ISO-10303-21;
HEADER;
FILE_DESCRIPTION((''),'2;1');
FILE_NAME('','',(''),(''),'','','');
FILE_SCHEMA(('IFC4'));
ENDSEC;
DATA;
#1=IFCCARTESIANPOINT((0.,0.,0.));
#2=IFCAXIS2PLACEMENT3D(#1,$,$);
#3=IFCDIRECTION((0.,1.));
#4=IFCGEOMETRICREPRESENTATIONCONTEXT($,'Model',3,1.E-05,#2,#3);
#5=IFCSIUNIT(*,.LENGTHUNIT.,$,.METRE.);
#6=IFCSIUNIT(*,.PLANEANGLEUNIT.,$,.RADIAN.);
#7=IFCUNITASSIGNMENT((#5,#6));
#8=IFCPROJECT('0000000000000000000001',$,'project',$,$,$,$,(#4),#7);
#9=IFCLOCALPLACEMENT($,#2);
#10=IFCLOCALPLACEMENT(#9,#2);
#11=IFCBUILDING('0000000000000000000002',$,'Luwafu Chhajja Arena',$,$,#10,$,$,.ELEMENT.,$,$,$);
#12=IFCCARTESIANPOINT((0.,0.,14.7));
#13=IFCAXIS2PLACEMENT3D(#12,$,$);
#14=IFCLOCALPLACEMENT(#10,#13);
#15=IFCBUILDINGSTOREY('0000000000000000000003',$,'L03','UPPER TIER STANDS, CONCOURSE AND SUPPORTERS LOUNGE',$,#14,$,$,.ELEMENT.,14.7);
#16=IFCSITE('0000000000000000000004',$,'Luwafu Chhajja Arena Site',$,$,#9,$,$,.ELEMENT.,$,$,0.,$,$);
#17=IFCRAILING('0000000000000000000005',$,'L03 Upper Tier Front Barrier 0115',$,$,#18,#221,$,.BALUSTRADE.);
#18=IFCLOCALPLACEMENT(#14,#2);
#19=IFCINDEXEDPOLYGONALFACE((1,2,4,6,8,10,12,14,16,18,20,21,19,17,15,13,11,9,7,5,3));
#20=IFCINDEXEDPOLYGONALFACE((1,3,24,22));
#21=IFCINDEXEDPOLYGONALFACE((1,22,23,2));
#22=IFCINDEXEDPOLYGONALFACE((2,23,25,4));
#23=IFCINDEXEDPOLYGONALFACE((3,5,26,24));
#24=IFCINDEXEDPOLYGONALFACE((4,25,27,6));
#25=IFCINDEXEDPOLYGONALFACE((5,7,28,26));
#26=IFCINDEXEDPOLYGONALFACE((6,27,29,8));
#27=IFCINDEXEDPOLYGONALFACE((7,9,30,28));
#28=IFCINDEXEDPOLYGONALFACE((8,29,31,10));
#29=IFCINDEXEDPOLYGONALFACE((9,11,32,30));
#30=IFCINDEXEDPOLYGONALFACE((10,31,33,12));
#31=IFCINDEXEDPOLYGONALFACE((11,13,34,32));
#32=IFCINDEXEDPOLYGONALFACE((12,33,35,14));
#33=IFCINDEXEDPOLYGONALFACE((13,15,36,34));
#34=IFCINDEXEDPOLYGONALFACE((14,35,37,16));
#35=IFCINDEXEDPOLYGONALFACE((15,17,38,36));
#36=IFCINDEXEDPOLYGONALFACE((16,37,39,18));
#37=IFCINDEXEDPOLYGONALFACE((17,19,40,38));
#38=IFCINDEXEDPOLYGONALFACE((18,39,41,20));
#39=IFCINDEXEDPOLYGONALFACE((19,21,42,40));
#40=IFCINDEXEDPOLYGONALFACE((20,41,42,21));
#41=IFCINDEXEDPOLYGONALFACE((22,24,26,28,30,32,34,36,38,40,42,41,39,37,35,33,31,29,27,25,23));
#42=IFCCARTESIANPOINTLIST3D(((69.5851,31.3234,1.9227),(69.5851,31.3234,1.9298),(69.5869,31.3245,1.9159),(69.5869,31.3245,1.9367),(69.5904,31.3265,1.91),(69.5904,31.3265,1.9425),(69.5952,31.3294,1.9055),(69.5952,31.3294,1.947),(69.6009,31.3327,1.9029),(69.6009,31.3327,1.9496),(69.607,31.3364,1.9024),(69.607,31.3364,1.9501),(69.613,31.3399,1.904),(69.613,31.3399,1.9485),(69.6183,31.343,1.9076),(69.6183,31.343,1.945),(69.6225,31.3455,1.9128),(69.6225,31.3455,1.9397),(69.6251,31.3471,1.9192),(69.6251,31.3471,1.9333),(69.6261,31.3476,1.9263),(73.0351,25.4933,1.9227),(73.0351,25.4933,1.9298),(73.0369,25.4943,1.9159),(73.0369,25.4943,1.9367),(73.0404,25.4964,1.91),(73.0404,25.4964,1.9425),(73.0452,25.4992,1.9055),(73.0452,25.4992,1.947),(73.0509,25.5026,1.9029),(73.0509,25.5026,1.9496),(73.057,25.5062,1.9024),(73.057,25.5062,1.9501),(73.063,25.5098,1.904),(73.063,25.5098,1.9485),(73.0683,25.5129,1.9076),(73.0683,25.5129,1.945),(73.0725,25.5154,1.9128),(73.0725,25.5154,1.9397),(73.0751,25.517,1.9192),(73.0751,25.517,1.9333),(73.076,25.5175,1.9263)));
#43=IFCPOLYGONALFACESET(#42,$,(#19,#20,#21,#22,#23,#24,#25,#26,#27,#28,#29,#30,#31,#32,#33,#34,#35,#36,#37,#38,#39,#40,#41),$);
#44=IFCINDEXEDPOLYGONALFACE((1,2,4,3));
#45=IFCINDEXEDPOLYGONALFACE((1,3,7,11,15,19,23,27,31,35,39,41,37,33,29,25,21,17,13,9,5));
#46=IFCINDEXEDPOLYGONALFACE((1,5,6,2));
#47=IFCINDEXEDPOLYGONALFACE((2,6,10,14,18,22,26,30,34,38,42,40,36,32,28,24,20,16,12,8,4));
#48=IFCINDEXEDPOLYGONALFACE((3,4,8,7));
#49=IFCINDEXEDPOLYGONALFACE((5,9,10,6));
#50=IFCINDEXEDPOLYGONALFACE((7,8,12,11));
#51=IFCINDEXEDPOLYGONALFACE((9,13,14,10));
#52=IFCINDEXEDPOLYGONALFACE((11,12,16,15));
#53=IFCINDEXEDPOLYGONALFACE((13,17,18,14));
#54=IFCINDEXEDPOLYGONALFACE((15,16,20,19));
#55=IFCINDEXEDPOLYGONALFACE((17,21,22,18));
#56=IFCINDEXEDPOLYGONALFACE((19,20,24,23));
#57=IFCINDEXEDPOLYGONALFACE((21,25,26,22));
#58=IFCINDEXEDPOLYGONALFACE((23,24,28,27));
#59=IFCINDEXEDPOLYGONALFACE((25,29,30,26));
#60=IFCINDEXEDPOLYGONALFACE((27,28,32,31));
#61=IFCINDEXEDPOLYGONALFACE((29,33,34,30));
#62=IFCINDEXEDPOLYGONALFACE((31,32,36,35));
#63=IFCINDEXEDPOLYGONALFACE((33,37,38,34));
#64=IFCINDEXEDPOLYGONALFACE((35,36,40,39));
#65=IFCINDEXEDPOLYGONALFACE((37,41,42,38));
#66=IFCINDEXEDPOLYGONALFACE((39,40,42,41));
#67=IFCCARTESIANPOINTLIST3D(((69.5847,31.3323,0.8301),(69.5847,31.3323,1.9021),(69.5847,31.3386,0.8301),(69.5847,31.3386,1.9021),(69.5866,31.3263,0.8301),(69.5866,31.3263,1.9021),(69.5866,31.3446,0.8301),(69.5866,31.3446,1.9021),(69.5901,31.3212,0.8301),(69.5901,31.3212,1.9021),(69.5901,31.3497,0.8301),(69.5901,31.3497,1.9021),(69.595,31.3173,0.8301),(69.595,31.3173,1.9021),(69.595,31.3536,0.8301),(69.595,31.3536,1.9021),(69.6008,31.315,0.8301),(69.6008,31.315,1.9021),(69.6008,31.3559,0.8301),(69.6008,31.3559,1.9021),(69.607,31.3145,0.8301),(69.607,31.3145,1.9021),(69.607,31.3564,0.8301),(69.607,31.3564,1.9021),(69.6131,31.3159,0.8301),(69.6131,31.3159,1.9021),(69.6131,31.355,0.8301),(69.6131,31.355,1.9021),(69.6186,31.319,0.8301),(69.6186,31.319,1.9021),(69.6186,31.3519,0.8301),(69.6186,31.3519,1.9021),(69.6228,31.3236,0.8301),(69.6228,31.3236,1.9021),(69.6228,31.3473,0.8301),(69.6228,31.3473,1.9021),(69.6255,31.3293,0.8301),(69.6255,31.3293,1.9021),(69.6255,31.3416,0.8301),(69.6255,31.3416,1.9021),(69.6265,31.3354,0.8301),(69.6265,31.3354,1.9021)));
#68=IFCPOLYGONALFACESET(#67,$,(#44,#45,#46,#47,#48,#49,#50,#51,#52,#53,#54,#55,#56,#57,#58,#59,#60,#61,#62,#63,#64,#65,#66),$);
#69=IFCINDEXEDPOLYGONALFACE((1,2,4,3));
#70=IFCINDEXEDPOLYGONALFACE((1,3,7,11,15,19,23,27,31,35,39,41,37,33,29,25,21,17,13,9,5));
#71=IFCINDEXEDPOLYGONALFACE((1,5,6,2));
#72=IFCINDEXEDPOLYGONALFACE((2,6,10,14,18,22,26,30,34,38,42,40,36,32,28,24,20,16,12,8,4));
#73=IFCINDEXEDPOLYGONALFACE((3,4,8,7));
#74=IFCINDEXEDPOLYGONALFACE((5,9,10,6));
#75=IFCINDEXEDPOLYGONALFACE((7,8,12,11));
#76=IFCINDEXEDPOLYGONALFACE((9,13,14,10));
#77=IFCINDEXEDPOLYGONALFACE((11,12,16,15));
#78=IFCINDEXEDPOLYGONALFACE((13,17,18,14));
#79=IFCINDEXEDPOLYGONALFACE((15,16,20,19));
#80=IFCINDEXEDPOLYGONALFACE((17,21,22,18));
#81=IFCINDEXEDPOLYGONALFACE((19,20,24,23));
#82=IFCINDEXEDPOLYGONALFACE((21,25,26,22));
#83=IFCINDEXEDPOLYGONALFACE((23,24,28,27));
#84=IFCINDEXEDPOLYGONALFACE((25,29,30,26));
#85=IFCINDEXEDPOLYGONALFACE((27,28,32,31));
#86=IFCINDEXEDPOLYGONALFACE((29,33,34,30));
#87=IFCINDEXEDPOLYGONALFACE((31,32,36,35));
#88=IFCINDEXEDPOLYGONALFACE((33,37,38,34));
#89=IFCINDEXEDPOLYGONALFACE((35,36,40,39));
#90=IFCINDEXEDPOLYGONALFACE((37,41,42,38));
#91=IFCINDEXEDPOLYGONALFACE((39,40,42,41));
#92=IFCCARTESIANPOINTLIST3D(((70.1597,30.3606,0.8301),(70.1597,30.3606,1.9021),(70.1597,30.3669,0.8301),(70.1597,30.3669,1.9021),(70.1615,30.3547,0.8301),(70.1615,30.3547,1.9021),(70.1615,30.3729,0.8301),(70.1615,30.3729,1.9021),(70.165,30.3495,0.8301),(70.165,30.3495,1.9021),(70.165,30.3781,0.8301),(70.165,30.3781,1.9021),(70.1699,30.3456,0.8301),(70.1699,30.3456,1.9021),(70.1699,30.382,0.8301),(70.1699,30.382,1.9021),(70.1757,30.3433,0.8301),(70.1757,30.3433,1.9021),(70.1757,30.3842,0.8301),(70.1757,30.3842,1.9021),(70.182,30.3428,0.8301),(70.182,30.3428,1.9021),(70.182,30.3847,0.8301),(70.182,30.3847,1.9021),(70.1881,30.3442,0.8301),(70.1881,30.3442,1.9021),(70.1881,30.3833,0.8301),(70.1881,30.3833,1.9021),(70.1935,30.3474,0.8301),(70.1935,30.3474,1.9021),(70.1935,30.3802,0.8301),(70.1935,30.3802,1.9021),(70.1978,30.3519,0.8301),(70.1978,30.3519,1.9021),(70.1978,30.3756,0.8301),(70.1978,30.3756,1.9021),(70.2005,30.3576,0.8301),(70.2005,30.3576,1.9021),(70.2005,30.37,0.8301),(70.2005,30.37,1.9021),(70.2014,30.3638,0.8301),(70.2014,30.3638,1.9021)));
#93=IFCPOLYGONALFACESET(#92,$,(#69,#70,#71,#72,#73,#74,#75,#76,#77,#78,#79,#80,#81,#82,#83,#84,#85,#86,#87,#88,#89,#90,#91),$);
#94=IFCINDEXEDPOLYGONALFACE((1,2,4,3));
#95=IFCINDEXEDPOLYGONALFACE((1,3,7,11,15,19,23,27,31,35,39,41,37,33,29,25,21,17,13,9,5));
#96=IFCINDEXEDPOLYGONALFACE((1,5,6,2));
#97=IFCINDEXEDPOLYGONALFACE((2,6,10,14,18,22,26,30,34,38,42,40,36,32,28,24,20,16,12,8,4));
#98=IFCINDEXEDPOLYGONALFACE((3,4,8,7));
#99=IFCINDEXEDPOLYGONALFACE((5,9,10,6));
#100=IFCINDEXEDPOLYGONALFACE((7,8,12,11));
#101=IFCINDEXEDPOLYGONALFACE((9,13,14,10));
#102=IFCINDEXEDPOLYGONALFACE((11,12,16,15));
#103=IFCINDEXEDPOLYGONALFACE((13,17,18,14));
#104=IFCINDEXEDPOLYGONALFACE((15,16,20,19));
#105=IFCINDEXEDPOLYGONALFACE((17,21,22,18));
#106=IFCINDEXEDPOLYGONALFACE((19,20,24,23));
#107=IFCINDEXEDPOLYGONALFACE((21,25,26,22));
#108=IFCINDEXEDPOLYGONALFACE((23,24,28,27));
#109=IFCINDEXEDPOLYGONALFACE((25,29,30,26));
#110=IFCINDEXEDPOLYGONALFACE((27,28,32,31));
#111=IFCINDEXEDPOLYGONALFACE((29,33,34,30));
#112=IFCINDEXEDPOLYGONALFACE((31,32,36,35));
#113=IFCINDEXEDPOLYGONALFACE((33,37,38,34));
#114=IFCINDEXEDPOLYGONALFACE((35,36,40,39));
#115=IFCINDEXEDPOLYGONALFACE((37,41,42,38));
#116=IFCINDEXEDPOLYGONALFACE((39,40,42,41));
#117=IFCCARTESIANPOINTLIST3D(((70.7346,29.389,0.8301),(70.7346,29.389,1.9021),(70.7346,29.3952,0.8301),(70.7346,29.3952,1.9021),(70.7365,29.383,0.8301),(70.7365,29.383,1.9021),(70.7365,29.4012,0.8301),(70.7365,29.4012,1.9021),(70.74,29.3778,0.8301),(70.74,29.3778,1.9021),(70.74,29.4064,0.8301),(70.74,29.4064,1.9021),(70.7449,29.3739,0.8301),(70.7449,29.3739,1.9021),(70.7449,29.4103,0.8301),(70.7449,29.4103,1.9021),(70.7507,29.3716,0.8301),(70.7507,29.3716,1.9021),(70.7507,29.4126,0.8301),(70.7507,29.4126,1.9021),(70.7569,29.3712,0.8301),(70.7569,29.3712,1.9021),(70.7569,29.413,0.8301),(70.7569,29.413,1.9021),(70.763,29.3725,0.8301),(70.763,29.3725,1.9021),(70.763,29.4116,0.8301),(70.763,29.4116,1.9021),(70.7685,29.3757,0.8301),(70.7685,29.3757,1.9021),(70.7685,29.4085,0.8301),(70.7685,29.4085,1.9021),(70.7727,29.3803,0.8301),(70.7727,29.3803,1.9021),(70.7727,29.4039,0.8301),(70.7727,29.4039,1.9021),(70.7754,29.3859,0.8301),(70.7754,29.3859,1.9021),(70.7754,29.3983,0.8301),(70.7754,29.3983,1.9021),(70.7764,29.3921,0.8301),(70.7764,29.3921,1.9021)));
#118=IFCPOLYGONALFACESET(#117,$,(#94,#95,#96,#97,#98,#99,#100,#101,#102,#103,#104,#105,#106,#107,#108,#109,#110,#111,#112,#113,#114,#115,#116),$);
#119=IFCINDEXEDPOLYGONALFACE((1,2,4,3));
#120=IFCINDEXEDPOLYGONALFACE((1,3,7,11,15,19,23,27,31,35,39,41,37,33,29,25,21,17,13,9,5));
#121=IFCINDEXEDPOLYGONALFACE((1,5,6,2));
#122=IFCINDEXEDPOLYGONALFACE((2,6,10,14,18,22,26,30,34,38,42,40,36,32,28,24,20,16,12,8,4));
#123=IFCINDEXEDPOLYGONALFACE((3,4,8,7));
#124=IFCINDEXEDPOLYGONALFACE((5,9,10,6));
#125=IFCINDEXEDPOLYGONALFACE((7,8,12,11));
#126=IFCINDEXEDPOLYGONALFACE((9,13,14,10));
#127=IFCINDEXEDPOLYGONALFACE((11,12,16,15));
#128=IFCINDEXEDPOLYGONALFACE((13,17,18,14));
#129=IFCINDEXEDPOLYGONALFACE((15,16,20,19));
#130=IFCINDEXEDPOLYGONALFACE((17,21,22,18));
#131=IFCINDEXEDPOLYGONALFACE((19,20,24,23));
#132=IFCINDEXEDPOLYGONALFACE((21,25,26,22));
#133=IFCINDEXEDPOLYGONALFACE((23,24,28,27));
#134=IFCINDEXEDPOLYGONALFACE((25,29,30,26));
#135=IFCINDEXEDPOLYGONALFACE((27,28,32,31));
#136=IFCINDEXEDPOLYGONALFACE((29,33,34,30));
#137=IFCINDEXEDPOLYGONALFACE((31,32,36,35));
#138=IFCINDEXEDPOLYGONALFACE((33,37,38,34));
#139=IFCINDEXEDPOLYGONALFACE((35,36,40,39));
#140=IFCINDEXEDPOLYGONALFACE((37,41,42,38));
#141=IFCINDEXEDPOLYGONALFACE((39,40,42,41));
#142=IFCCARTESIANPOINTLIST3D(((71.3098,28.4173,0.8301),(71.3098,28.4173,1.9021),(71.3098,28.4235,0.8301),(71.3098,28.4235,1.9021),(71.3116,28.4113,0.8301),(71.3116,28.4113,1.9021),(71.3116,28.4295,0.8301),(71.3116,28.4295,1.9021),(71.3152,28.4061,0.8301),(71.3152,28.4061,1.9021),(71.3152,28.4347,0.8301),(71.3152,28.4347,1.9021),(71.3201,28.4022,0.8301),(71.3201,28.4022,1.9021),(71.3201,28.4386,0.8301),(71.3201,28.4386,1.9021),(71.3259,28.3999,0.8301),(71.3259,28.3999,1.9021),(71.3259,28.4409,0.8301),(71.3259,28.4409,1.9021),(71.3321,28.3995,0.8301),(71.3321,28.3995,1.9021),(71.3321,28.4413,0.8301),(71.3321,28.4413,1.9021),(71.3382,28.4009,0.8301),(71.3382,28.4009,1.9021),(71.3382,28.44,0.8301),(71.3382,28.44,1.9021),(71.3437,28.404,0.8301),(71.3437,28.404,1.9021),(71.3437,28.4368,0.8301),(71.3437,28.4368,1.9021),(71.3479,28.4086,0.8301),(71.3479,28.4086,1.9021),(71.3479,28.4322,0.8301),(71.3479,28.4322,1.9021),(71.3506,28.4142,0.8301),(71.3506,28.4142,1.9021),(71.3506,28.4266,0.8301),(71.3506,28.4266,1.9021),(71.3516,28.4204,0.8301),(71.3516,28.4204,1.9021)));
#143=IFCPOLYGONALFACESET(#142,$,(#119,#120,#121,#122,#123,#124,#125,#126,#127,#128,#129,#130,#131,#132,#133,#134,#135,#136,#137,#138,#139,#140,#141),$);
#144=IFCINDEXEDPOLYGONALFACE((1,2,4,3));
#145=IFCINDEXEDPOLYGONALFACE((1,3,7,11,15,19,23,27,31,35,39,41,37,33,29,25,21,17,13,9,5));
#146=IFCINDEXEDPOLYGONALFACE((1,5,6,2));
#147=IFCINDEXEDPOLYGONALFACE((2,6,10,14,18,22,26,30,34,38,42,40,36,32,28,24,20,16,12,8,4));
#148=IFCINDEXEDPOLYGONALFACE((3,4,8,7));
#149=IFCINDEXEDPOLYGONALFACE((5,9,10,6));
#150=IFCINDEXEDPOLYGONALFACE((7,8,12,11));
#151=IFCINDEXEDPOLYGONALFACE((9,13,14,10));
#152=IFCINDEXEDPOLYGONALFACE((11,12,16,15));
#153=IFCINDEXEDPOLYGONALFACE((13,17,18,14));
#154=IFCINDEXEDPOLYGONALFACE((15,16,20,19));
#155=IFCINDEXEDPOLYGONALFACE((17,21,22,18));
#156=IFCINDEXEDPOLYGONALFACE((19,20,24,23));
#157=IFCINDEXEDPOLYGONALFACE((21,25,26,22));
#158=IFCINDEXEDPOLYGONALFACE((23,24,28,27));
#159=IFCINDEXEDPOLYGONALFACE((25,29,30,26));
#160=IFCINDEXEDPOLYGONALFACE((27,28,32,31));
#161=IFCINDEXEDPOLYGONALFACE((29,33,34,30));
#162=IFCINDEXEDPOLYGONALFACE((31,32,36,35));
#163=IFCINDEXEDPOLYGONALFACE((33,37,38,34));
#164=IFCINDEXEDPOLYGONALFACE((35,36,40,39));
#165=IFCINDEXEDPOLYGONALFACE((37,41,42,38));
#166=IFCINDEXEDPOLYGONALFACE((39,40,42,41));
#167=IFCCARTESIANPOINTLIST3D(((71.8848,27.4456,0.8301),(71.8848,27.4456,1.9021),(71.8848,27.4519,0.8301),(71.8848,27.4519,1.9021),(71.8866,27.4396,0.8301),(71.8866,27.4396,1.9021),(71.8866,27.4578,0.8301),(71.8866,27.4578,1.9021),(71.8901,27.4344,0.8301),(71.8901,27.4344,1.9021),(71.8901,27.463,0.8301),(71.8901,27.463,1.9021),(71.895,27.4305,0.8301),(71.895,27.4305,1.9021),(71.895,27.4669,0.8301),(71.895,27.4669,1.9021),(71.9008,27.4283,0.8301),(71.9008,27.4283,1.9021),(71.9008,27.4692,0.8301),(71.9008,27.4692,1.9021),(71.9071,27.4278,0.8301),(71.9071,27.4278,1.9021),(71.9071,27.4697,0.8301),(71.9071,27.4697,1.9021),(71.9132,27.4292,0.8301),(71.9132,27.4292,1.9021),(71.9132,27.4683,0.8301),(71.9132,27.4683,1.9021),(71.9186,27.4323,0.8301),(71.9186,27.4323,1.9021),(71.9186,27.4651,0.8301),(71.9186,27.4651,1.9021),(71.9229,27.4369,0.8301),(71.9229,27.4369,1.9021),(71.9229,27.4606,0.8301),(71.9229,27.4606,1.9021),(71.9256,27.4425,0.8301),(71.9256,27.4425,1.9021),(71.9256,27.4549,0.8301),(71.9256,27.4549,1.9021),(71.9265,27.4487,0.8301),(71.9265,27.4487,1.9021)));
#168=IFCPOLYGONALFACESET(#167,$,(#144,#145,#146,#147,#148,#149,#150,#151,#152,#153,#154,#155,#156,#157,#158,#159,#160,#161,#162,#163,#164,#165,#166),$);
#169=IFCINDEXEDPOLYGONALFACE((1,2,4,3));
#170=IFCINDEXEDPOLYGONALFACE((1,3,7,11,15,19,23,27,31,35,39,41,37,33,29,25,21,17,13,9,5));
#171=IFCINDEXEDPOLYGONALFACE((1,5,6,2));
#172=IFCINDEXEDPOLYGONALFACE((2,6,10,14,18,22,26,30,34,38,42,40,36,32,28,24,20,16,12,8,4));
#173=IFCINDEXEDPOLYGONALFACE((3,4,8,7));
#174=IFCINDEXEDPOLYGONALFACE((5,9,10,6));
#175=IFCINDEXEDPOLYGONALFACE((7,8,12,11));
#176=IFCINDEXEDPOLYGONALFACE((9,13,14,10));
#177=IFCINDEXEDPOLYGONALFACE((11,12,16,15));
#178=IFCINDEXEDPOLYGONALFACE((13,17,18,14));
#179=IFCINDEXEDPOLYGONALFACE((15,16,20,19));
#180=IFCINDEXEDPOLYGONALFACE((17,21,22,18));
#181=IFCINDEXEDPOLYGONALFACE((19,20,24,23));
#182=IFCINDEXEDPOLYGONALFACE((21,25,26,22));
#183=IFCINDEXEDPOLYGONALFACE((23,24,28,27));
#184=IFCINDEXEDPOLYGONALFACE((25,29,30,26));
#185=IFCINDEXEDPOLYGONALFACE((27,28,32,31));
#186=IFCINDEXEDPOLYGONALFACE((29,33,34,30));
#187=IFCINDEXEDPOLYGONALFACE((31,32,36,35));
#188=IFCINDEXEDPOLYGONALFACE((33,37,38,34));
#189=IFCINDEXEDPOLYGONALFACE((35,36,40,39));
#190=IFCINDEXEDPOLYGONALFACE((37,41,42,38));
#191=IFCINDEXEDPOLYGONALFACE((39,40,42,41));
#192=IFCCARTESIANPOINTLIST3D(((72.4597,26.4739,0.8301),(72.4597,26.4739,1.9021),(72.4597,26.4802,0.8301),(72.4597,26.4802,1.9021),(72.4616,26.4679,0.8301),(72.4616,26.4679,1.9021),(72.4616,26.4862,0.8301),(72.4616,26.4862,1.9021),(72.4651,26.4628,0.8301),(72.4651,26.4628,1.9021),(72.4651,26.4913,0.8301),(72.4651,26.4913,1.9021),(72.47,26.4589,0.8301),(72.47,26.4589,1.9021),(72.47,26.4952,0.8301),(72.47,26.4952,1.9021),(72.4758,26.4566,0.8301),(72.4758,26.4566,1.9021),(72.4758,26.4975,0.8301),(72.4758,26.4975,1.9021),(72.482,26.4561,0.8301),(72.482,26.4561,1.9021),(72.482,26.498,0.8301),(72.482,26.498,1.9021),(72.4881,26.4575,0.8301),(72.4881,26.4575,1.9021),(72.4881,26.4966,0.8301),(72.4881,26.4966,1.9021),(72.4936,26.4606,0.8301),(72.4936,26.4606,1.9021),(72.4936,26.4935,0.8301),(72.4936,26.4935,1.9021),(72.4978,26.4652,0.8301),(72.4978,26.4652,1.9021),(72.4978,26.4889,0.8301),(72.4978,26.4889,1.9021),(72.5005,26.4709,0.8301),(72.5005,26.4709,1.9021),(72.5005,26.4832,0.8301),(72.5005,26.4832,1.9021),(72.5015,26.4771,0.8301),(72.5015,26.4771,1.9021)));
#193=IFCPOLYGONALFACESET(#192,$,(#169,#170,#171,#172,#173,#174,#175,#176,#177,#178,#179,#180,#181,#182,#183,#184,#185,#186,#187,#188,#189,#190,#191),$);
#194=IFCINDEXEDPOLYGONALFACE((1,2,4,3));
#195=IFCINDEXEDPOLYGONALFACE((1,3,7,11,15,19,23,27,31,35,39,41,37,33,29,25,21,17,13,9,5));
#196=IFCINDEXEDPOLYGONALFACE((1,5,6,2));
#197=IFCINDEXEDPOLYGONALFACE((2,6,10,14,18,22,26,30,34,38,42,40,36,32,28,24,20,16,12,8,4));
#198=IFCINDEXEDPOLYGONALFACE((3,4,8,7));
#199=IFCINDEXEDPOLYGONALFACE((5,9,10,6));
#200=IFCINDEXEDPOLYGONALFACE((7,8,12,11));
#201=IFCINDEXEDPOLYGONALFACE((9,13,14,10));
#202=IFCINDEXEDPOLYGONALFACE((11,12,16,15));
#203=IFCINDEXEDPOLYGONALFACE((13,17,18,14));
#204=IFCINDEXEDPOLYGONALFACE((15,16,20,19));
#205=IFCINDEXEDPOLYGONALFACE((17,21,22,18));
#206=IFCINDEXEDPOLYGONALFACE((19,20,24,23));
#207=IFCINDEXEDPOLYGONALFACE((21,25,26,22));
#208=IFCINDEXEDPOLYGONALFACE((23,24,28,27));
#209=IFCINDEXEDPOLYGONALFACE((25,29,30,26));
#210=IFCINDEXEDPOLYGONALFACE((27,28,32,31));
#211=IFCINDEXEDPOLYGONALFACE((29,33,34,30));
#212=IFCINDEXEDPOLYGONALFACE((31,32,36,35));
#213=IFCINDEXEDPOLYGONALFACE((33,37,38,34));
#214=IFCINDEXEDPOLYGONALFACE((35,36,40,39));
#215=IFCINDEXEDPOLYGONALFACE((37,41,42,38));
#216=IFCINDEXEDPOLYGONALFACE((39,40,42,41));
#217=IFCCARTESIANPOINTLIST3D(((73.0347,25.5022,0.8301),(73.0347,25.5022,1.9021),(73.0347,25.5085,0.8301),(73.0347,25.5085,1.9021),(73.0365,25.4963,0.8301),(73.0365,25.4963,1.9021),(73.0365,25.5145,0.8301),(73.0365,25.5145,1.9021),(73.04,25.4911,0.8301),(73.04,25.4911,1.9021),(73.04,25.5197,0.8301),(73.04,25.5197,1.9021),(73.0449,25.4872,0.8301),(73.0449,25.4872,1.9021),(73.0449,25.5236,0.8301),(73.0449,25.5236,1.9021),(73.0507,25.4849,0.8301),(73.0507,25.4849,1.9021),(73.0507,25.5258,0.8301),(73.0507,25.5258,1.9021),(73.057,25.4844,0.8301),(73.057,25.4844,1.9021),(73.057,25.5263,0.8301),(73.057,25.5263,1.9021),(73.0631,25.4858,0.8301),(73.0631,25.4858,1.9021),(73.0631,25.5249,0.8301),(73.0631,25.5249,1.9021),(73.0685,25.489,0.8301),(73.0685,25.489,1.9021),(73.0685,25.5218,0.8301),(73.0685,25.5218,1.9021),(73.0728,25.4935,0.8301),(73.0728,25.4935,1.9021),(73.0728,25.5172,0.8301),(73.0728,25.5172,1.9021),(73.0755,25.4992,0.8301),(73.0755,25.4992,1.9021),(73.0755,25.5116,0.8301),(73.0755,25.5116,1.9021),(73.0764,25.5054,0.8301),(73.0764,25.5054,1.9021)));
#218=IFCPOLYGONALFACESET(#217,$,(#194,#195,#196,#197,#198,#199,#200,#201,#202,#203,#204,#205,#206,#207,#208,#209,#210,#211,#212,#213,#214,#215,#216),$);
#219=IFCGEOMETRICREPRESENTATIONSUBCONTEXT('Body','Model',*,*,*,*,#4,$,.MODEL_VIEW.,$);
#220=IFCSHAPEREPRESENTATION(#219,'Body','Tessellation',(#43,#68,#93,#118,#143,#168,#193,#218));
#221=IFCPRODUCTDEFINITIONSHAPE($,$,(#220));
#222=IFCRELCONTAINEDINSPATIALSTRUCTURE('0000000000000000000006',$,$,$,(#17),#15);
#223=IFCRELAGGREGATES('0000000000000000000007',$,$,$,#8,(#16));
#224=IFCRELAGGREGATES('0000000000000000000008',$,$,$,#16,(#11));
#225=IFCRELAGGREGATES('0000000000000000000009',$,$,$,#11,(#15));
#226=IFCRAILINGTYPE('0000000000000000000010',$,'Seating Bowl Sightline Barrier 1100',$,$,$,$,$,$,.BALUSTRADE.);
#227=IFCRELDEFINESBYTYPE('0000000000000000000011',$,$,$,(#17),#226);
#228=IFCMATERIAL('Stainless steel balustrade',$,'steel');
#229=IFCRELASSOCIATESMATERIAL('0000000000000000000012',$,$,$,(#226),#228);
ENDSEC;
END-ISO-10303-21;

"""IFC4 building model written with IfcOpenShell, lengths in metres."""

from ifc_helpers import new_model, si_unit, direction, frame, origin, origin_2d, place, context, subcontext, project, spatial, circle, extrude, material, type_object, element, save


model = new_model("IFC4")

# Units and contexts
model_context = context("Model", 3, precision=1e-05, world=origin(), true_north=direction((0.0, 1.0)))
body_context = subcontext(model_context, "Body", "Model", "MODEL_VIEW")
ifc_project = project(units=[si_unit("LENGTHUNIT", "METRE"), si_unit("PLANEANGLEUNIT", "RADIAN")], contexts=[model_context])

# Site, building, storey
site_placement = place(None, origin())
site = spatial("IfcSite", under=ifc_project, at=site_placement, Name="Luwafu Chhajja Arena Site", CompositionType="ELEMENT", RefElevation=0.0)
building_placement = place(site_placement, origin())
building = spatial("IfcBuilding", under=site, at=building_placement, Name="Luwafu Chhajja Arena", CompositionType="ELEMENT")
storey_placement = place(building_placement, frame((0.0, 0.0, 14.7)))
storey = spatial("IfcBuildingStorey", under=building, at=storey_placement, Name="L03", Description="UPPER TIER STANDS, CONCOURSE AND SUPPORTERS LOUNGE", CompositionType="ELEMENT", Elevation=14.7)

# Railing
ifc_material_1 = material(Name="Stainless steel balustrade", Category="steel")
railing_type_1 = type_object("IfcRailingType", Name="Seating Bowl Sightline Barrier 1100", PredefinedType="BALUSTRADE", material=ifc_material_1)
railing_1_placement = place(storey_placement, frame((69.6055, 31.3354, 0.8301)))
element("IfcRailing", 1, at=railing_1_placement, inside=storey, type_object=railing_type_1, Name="L03 Upper Tier Front Barrier 0115", PredefinedType="BALUSTRADE", context=body_context, shape_type="SweptSolid", body=[
    extrude(circle(Radius=0.0239, at=origin_2d()), frame((0.0, 0.0, 1.0962), z_axis=(0.509266, -0.860609, 0.0), x_axis=(0.860609, 0.509266, 0.0)), (0.0, 0.0, 1.0), 6.7744),
    extrude(circle(Radius=0.021, at=origin_2d()), origin(), (0.0, 0.0, 1.0), 1.072),
    extrude(circle(Radius=0.021, at=origin_2d()), frame((0.575, -0.9717, 0.0)), (0.0, 0.0, 1.0), 1.072),
    extrude(circle(Radius=0.021, at=origin_2d()), frame((1.1499, -1.9434, 0.0)), (0.0, 0.0, 1.0), 1.072),
    extrude(circle(Radius=0.021, at=origin_2d()), frame((1.7251, -2.915, 0.0)), (0.0, 0.0, 1.0), 1.072),
    extrude(circle(Radius=0.021, at=origin_2d()), frame((2.3, -3.8867, 0.0)), (0.0, 0.0, 1.0), 1.072),
    extrude(circle(Radius=0.021, at=origin_2d()), frame((2.875, -4.8584, 0.0)), (0.0, 0.0, 1.0), 1.072),
    extrude(circle(Radius=0.021, at=origin_2d()), frame((3.45, -5.8301, 0.0)), (0.0, 0.0, 1.0), 1.072),
])

save(model, "model.ifc")
